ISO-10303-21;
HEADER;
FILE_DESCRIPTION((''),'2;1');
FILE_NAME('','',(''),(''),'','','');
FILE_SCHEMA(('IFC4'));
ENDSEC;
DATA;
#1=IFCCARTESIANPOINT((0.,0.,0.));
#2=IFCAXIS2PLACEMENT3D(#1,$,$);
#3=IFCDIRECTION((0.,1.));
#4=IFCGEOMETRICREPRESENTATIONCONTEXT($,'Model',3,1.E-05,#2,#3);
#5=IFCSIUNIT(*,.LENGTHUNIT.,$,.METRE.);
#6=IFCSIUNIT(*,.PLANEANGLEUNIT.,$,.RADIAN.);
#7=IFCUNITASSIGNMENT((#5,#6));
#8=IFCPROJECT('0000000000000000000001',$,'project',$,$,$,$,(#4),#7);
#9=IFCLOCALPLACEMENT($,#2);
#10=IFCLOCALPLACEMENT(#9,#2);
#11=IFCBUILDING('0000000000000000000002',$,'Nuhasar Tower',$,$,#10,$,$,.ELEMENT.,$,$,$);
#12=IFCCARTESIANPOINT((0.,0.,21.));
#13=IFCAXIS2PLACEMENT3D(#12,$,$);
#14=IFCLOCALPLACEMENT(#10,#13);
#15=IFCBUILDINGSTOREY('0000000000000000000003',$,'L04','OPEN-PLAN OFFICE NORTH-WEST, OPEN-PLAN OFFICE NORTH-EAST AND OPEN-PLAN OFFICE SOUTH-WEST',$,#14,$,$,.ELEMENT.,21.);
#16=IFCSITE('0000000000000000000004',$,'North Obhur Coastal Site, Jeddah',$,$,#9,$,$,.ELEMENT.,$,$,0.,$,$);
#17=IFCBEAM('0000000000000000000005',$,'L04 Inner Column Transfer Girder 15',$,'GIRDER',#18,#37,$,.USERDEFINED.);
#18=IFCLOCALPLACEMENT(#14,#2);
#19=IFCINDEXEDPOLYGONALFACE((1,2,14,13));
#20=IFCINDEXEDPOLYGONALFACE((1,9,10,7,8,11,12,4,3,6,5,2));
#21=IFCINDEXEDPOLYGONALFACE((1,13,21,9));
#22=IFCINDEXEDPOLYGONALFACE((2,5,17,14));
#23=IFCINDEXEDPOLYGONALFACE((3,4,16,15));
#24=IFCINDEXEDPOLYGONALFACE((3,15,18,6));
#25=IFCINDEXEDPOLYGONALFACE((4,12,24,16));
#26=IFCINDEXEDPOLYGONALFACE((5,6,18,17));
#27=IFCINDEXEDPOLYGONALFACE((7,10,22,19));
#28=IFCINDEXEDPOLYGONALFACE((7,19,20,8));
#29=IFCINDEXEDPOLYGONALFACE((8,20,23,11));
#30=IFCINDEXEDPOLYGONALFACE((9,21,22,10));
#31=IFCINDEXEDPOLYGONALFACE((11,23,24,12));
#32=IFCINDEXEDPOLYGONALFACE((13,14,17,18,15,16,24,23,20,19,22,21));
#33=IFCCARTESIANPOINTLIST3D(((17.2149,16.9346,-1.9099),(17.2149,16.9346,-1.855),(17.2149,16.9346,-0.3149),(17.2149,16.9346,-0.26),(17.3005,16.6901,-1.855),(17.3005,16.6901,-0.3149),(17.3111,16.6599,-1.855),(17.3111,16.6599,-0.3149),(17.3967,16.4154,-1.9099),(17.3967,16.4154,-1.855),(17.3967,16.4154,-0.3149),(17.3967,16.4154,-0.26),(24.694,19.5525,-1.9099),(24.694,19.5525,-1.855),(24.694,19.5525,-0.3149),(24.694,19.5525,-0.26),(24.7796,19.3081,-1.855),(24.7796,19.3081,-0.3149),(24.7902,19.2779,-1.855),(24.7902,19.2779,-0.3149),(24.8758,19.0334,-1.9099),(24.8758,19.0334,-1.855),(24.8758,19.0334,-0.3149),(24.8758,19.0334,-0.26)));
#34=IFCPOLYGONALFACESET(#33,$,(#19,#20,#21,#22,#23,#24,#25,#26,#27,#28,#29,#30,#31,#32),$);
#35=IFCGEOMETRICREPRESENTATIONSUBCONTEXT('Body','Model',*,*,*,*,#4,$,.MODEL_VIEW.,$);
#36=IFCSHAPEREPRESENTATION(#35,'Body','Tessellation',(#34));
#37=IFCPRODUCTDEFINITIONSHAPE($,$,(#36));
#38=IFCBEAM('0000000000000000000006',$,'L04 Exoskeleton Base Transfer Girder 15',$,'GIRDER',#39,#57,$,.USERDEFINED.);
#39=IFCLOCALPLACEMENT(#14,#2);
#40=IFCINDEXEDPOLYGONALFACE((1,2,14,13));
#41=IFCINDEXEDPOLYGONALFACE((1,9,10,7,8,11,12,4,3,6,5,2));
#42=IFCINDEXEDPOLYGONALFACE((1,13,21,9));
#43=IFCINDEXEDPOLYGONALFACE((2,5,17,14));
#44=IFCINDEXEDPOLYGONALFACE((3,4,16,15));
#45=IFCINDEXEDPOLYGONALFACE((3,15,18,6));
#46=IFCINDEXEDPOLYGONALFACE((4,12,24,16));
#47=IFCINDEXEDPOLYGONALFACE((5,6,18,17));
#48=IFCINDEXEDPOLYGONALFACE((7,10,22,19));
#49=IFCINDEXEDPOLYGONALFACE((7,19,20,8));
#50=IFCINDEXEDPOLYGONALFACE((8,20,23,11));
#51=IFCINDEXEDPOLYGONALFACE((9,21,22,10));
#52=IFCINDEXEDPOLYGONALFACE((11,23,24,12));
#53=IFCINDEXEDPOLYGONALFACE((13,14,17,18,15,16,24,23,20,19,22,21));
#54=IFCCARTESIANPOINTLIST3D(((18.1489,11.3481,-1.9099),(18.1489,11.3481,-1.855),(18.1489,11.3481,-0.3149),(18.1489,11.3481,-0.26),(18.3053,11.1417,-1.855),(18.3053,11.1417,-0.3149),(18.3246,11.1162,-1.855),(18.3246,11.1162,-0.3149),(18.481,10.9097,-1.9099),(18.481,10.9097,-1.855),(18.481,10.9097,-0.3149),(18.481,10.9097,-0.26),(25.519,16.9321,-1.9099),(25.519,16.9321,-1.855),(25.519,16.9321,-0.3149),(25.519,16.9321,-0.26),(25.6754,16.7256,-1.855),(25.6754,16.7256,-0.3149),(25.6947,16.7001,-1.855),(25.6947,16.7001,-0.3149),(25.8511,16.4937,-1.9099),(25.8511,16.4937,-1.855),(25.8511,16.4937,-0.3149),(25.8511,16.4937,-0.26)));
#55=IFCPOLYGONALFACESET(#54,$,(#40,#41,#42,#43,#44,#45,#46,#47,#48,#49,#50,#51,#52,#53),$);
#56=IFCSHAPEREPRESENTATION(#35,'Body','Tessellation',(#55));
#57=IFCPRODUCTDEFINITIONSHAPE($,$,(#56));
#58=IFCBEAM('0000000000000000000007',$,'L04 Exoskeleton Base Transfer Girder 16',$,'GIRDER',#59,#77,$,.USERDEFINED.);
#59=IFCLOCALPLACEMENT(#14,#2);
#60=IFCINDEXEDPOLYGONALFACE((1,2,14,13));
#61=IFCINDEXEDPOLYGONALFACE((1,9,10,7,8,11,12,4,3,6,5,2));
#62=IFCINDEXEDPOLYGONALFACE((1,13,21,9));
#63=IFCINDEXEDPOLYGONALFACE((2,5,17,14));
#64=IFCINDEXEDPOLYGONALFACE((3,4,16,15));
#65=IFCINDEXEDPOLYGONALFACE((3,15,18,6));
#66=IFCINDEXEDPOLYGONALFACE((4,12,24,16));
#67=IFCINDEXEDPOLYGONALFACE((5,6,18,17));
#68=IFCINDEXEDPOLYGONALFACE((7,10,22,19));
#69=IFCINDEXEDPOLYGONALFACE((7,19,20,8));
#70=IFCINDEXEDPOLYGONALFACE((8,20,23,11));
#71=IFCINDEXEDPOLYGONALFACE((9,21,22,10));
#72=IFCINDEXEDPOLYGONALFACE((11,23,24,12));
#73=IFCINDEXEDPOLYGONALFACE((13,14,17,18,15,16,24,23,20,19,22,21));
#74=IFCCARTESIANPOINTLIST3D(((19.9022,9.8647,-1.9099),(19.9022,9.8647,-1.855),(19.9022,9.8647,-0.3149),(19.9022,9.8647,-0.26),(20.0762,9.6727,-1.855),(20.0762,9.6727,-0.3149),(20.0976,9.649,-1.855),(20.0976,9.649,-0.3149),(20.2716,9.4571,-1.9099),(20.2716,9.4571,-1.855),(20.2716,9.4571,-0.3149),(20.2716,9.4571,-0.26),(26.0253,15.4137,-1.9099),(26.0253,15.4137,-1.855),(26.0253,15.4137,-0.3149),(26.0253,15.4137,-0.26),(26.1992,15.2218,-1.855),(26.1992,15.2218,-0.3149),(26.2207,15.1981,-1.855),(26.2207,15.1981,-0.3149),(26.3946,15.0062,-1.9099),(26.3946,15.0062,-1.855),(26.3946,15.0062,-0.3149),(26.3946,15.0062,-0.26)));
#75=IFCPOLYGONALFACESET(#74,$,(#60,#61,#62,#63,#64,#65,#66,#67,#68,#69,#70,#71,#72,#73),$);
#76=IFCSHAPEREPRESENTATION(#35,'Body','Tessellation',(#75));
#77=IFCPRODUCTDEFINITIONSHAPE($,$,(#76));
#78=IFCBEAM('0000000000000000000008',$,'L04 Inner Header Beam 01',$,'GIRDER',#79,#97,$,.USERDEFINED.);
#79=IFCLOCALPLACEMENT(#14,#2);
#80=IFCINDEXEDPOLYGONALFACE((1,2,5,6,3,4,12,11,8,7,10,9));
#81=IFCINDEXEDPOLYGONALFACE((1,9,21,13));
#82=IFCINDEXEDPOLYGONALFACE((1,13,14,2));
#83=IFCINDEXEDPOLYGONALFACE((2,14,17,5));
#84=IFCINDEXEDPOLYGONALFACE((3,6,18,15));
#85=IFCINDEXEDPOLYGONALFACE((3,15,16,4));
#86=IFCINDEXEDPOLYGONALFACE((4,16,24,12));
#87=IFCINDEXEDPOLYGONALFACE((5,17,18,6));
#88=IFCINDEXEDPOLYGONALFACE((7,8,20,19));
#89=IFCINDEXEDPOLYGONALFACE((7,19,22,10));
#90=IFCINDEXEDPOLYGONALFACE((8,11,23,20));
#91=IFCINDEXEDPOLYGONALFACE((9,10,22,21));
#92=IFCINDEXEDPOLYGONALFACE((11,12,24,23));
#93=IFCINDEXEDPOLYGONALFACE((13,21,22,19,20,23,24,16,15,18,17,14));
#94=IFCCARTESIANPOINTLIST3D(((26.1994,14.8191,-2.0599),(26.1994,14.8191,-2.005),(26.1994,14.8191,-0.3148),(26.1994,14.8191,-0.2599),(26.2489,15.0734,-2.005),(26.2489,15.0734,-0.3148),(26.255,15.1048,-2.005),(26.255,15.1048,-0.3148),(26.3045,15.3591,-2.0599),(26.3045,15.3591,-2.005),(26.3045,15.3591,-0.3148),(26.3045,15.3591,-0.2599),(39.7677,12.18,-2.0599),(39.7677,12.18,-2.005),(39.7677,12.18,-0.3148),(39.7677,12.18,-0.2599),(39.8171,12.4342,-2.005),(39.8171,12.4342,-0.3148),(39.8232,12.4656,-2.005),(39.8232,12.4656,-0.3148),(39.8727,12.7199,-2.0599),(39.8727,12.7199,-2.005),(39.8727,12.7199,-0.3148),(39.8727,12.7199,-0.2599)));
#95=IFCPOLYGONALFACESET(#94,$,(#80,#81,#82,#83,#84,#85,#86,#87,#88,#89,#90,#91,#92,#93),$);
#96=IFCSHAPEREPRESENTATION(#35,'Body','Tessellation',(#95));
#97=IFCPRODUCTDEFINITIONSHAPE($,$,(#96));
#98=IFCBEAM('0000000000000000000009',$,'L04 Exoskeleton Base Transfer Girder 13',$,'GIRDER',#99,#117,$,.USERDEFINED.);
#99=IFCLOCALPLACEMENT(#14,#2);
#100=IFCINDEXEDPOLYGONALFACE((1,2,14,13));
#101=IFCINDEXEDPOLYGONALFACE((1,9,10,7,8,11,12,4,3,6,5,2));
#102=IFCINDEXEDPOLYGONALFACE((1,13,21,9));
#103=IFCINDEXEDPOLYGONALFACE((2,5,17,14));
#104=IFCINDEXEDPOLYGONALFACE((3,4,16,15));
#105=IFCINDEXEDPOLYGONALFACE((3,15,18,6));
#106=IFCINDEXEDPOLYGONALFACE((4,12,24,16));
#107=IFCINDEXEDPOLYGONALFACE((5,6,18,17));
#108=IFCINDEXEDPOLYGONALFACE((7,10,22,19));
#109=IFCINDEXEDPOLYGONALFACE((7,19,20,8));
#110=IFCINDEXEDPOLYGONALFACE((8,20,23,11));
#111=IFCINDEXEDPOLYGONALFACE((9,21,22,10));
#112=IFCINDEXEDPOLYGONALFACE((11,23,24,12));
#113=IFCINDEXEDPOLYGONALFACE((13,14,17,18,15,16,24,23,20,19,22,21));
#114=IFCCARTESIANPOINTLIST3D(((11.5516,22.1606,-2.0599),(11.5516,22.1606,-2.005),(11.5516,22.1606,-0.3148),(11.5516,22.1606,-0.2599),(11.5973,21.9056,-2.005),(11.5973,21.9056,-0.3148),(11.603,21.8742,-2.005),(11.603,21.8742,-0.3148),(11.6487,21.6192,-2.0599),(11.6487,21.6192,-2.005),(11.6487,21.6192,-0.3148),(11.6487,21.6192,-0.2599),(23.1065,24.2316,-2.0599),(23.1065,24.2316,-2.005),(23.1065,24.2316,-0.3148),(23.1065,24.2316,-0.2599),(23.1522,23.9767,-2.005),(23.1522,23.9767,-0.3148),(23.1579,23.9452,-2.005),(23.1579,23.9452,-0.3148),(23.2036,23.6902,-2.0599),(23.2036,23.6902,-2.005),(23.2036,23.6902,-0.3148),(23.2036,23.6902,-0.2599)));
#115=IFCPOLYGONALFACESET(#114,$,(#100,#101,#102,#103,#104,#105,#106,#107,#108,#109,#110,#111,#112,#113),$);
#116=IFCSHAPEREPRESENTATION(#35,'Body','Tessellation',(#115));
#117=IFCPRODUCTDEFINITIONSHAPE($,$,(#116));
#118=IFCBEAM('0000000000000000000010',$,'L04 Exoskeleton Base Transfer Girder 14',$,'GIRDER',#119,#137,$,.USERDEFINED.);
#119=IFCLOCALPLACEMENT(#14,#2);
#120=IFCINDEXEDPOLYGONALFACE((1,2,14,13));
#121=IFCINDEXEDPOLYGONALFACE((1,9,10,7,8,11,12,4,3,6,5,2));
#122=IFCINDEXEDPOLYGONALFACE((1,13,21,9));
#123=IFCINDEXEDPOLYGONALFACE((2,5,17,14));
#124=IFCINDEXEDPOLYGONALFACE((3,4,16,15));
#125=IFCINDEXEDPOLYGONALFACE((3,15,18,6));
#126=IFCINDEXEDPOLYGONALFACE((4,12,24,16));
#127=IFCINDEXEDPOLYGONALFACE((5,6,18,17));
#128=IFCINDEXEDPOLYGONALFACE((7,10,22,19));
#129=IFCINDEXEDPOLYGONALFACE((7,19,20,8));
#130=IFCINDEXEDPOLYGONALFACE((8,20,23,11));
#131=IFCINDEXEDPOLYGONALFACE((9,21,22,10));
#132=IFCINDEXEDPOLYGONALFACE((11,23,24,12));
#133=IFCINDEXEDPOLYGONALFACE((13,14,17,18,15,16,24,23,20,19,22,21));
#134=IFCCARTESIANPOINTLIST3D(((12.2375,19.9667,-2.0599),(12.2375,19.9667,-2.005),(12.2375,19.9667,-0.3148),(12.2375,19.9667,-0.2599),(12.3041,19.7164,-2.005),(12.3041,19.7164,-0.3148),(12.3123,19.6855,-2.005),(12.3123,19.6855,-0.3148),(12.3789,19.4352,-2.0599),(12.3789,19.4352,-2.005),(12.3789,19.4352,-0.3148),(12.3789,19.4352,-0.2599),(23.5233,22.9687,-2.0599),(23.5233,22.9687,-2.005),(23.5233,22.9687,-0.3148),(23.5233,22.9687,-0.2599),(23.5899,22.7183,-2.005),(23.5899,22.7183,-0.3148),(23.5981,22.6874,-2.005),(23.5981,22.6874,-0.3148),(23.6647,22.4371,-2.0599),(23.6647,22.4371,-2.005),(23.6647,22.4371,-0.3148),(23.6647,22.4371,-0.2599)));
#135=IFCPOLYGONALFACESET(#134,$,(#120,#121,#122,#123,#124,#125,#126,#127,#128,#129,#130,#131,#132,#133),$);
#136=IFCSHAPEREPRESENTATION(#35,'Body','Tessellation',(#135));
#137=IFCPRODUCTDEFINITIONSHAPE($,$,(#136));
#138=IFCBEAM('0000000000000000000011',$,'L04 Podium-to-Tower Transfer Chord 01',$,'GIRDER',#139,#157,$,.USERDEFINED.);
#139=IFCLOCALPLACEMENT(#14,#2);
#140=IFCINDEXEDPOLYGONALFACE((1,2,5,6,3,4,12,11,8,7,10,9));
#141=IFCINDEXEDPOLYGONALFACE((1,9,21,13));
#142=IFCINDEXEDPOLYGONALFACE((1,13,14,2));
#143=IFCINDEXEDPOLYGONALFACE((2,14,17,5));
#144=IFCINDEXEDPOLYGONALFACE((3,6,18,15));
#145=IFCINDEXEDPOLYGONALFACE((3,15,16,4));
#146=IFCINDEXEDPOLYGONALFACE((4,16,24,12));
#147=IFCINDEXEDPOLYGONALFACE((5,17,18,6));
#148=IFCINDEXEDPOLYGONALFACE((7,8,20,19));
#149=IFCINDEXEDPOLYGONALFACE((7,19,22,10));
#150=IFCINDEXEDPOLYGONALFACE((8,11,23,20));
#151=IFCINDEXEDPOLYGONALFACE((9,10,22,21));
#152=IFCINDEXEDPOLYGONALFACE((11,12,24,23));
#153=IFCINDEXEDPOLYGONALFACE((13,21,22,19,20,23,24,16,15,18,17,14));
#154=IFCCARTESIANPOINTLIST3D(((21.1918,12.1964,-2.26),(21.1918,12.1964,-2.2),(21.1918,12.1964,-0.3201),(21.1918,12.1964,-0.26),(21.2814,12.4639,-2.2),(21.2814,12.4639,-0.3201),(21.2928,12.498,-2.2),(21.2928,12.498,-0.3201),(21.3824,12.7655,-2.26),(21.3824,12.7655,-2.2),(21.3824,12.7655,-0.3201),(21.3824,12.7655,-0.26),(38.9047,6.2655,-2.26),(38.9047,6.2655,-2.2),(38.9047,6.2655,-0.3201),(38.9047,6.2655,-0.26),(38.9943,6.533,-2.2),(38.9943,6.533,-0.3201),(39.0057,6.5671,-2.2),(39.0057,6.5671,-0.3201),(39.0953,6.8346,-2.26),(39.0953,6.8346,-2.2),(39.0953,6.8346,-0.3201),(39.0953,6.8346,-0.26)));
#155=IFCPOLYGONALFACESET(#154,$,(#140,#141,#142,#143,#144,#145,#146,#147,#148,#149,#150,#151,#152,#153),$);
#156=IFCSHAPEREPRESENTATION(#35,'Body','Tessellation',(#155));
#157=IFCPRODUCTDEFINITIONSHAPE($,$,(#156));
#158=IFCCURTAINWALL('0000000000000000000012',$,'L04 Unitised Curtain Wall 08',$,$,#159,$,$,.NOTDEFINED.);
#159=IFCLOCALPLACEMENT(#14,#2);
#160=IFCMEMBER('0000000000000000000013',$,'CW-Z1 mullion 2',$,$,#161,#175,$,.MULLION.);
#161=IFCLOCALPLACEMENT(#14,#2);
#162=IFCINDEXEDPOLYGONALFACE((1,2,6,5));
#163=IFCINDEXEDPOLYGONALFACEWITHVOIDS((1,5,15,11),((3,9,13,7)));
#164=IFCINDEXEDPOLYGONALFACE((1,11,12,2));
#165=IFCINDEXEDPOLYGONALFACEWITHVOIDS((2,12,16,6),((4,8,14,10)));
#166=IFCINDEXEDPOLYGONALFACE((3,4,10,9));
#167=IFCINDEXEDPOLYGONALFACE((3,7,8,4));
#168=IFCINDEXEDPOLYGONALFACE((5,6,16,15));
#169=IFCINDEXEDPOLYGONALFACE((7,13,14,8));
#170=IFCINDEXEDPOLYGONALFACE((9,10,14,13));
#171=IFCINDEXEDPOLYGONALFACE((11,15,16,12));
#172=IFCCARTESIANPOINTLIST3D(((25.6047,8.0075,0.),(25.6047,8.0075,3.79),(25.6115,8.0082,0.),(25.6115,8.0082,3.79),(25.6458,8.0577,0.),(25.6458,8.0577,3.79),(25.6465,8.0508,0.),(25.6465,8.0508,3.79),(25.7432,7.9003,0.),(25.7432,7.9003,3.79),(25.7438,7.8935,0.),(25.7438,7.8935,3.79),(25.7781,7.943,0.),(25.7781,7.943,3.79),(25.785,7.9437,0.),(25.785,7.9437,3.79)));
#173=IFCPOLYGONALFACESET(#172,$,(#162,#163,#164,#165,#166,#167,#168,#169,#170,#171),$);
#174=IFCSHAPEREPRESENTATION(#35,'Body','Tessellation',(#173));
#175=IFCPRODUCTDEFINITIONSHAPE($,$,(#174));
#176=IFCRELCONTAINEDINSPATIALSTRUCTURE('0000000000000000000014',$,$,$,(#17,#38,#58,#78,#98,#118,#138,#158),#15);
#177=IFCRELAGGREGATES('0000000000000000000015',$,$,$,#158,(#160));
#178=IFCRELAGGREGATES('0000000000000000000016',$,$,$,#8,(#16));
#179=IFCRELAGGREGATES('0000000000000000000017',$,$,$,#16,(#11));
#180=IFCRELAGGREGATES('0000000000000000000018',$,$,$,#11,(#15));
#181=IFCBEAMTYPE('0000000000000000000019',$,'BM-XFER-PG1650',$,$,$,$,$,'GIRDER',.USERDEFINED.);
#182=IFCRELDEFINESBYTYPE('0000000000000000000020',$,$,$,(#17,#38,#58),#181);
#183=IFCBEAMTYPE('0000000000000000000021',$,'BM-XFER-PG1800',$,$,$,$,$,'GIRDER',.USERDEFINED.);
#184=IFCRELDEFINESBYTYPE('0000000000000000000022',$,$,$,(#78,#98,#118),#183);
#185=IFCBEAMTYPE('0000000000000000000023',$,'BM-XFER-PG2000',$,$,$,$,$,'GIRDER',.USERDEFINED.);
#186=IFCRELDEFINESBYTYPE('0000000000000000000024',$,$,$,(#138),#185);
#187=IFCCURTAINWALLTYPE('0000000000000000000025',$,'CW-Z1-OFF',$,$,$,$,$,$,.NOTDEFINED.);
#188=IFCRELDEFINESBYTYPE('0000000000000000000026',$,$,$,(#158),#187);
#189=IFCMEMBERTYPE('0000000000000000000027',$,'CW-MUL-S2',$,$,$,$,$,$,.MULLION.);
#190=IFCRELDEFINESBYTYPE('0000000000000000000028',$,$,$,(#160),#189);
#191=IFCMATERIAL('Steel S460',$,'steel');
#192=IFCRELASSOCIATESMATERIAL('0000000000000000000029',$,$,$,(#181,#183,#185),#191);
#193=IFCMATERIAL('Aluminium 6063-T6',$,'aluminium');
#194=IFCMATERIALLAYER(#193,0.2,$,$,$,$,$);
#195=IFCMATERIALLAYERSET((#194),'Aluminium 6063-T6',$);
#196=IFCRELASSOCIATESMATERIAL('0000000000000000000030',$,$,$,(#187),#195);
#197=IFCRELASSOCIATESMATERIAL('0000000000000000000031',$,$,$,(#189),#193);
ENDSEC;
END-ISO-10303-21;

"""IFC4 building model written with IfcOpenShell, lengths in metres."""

from ifc_helpers import new_model, si_unit, direction, frame, origin, origin_2d, place, context, subcontext, project, spatial, hollow_rectangle, i_section, extrude, material, layer, layer_set, material_profile, profile_set, type_object, element, aggregate, save


model = new_model("IFC4")

# Units and contexts
model_context = context("Model", 3, precision=1e-05, world=origin(), true_north=direction((0.0, 1.0)))
body_context = subcontext(model_context, "Body", "Model", "MODEL_VIEW")
ifc_project = project(units=[si_unit("LENGTHUNIT", "METRE"), si_unit("PLANEANGLEUNIT", "RADIAN")], contexts=[model_context])

# Site, building, storey
site_placement = place(None, origin())
site = spatial("IfcSite", under=ifc_project, at=site_placement, Name="North Obhur Coastal Site, Jeddah", CompositionType="ELEMENT", RefElevation=0.0)
building_placement = place(site_placement, origin())
building = spatial("IfcBuilding", under=site, at=building_placement, Name="Nuhasar Tower", CompositionType="ELEMENT")
storey_placement = place(building_placement, frame((0.0, 0.0, 21.0)))
storey = spatial("IfcBuildingStorey", under=building, at=storey_placement, Name="L04", Description="OPEN-PLAN OFFICE NORTH-WEST, OPEN-PLAN OFFICE NORTH-EAST AND OPEN-PLAN OFFICE SOUTH-WEST", CompositionType="ELEMENT", Elevation=21.0)

# Beams
ifc_material_1 = material(Name="Steel S460", Category="steel")
ifc_material_profile_1 = material_profile(ifc_material_1, i_section(OverallWidth=0.55, OverallDepth=1.6499, WebThickness=0.032, FlangeThickness=0.0549, at=origin_2d()), Name="PG1650X550")
ifc_profile_set_1 = profile_set([ifc_material_profile_1], Name="Steel S460")
beam_type_1 = type_object("IfcBeamType", Name="BM-XFER-PG1650", ElementType="GIRDER", PredefinedType="USERDEFINED", material=ifc_profile_set_1)
beam_1_placement = place(storey_placement, frame((24.7849, 19.293, -1.085), z_axis=(-0.943848, -0.330381, 0.0), x_axis=(0.330381, -0.943848, 0.0)))
element("IfcBeam", 1, at=beam_1_placement, inside=storey, type_object=beam_type_1, Name="L04 Inner Column Transfer Girder 15", ObjectType="GIRDER", PredefinedType="USERDEFINED", context=body_context, shape_type="SweptSolid", body=[
    extrude(i_section(OverallWidth=0.55, OverallDepth=1.6499, WebThickness=0.032, FlangeThickness=0.0549, at=origin_2d()), origin(), (0.0, 0.0, 1.0), 7.9241),
])
beam_2_placement = place(storey_placement, frame((25.6851, 16.7129, -1.085), z_axis=(-0.797063, -0.603896, 0.0), x_axis=(0.603896, -0.797063, 0.0)))
element("IfcBeam", 2, at=beam_2_placement, inside=storey, type_object=beam_type_1, Name="L04 Exoskeleton Base Transfer Girder 15", ObjectType="GIRDER", PredefinedType="USERDEFINED", context=body_context, shape_type="SweptSolid", body=[
    extrude(i_section(OverallWidth=0.55, OverallDepth=1.6499, WebThickness=0.032, FlangeThickness=0.0549, at=origin_2d()), origin(), (0.0, 0.0, 1.0), 9.2466),
])
beam_3_placement = place(storey_placement, frame((26.21, 15.21, -1.085), z_axis=(-0.740983, -0.671523, 0.0), x_axis=(0.671523, -0.740983, 0.0)))
element("IfcBeam", 3, at=beam_3_placement, inside=storey, type_object=beam_type_1, Name="L04 Exoskeleton Base Transfer Girder 16", ObjectType="GIRDER", PredefinedType="USERDEFINED", context=body_context, shape_type="SweptSolid", body=[
    extrude(i_section(OverallWidth=0.55, OverallDepth=1.6499, WebThickness=0.032, FlangeThickness=0.0549, at=origin_2d()), origin(), (0.0, 0.0, 1.0), 8.2634),
])
ifc_material_profile_2 = material_profile(ifc_material_1, i_section(OverallWidth=0.55, OverallDepth=1.8, WebThickness=0.032, FlangeThickness=0.0549, at=origin_2d()), Name="PG1800X550")
ifc_profile_set_2 = profile_set([ifc_material_profile_2], Name="Steel S460")
beam_type_2 = type_object("IfcBeamType", Name="BM-XFER-PG1800", ElementType="GIRDER", PredefinedType="USERDEFINED", material=ifc_profile_set_2)
beam_4_placement = place(storey_placement, frame((26.252, 15.0891, -1.1599), z_axis=(0.981603, -0.190933, 0.0), x_axis=(0.190933, 0.981603, 0.0)))
element("IfcBeam", 4, at=beam_4_placement, inside=storey, type_object=beam_type_2, Name="L04 Inner Header Beam 01", ObjectType="GIRDER", PredefinedType="USERDEFINED", context=body_context, shape_type="SweptSolid", body=[
    extrude(i_section(OverallWidth=0.55, OverallDepth=1.8, WebThickness=0.032, FlangeThickness=0.0549, at=origin_2d()), origin(), (0.0, 0.0, 1.0), 13.8225),
])
beam_5_placement = place(storey_placement, frame((23.155, 23.9609, -1.1599), z_axis=(-0.984314, -0.176423, 0.0), x_axis=(0.176423, -0.984314, 0.0)))
element("IfcBeam", 5, at=beam_5_placement, inside=storey, type_object=beam_type_2, Name="L04 Exoskeleton Base Transfer Girder 13", ObjectType="GIRDER", PredefinedType="USERDEFINED", context=body_context, shape_type="SweptSolid", body=[
    extrude(i_section(OverallWidth=0.55, OverallDepth=1.8, WebThickness=0.032, FlangeThickness=0.0549, at=origin_2d()), origin(), (0.0, 0.0, 1.0), 11.739),
])
beam_6_placement = place(storey_placement, frame((23.594, 22.7029, -1.1599), z_axis=(-0.966397, -0.257054, 0.0), x_axis=(0.257054, -0.966397, 0.0)))
element("IfcBeam", 6, at=beam_6_placement, inside=storey, type_object=beam_type_2, Name="L04 Exoskeleton Base Transfer Girder 14", ObjectType="GIRDER", PredefinedType="USERDEFINED", context=body_context, shape_type="SweptSolid", body=[
    extrude(i_section(OverallWidth=0.55, OverallDepth=1.8, WebThickness=0.032, FlangeThickness=0.0549, at=origin_2d()), origin(), (0.0, 0.0, 1.0), 11.6782),
])
ifc_material_profile_3 = material_profile(ifc_material_1, i_section(OverallWidth=0.6001, OverallDepth=2.0, WebThickness=0.0359, FlangeThickness=0.0601, at=origin_2d()), Name="PG2000X600")
ifc_profile_set_3 = profile_set([ifc_material_profile_3], Name="Steel S460")
beam_type_3 = type_object("IfcBeamType", Name="BM-XFER-PG2000", ElementType="GIRDER", PredefinedType="USERDEFINED", material=ifc_profile_set_3)
beam_7_placement = place(storey_placement, frame((21.2871, 12.481, -1.26), z_axis=(0.948255, -0.31751, 0.0), x_axis=(0.31751, 0.948255, 0.0)))
element("IfcBeam", 7, at=beam_7_placement, inside=storey, type_object=beam_type_3, Name="L04 Podium-to-Tower Transfer Chord 01", ObjectType="GIRDER", PredefinedType="USERDEFINED", context=body_context, shape_type="SweptSolid", body=[
    extrude(i_section(OverallWidth=0.6001, OverallDepth=2.0, WebThickness=0.0359, FlangeThickness=0.0601, at=origin_2d()), origin(), (0.0, 0.0, 1.0), 18.6794),
])

# Curtain wall, member
ifc_material_2 = material(Name="Aluminium 6063-T6", Category="aluminium")
ifc_layer_1 = layer(ifc_material_2, 0.2)
ifc_layer_set_1 = layer_set([ifc_layer_1], Name="Aluminium 6063-T6")
curtain_wall_type = type_object("IfcCurtainWallType", Name="CW-Z1-OFF", PredefinedType="NOTDEFINED", material=ifc_layer_set_1)
curtain_wall_1_placement = place(storey_placement, origin())
curtain_wall_1 = element("IfcCurtainWall", 8, at=curtain_wall_1_placement, inside=storey, type_object=curtain_wall_type, Name="L04 Unitised Curtain Wall 08", PredefinedType="NOTDEFINED")
ifc_material_profile_4 = material_profile(ifc_material_2, hollow_rectangle(XDim=0.0649, YDim=0.1799, WallThickness=0.0049, at=origin_2d()), Name="CWM-2")
ifc_profile_set_4 = profile_set([ifc_material_profile_4], Name="Aluminium 6063-T6")
member_type_1 = type_object("IfcMemberType", Name="CW-MUL-S2", PredefinedType="MULLION", material=ifc_profile_set_4)
member_1_placement = place(storey_placement, frame((25.6948, 7.9756, 0.0), z_axis=(0.0, 0.0, 1.0), x_axis=(0.633745, 0.773542, 0.0)))
member_1 = element("IfcMember", 9, at=member_1_placement, type_object=member_type_1, Name="CW-Z1 mullion 2", PredefinedType="MULLION", context=body_context, shape_type="SweptSolid", body=[
    extrude(hollow_rectangle(XDim=0.0649, YDim=0.1799, WallThickness=0.0049, at=origin_2d()), origin(), (0.0, 0.0, 1.0), 3.79),
])

aggregate(curtain_wall_1, [member_1])

save(model, "model.ifc")
